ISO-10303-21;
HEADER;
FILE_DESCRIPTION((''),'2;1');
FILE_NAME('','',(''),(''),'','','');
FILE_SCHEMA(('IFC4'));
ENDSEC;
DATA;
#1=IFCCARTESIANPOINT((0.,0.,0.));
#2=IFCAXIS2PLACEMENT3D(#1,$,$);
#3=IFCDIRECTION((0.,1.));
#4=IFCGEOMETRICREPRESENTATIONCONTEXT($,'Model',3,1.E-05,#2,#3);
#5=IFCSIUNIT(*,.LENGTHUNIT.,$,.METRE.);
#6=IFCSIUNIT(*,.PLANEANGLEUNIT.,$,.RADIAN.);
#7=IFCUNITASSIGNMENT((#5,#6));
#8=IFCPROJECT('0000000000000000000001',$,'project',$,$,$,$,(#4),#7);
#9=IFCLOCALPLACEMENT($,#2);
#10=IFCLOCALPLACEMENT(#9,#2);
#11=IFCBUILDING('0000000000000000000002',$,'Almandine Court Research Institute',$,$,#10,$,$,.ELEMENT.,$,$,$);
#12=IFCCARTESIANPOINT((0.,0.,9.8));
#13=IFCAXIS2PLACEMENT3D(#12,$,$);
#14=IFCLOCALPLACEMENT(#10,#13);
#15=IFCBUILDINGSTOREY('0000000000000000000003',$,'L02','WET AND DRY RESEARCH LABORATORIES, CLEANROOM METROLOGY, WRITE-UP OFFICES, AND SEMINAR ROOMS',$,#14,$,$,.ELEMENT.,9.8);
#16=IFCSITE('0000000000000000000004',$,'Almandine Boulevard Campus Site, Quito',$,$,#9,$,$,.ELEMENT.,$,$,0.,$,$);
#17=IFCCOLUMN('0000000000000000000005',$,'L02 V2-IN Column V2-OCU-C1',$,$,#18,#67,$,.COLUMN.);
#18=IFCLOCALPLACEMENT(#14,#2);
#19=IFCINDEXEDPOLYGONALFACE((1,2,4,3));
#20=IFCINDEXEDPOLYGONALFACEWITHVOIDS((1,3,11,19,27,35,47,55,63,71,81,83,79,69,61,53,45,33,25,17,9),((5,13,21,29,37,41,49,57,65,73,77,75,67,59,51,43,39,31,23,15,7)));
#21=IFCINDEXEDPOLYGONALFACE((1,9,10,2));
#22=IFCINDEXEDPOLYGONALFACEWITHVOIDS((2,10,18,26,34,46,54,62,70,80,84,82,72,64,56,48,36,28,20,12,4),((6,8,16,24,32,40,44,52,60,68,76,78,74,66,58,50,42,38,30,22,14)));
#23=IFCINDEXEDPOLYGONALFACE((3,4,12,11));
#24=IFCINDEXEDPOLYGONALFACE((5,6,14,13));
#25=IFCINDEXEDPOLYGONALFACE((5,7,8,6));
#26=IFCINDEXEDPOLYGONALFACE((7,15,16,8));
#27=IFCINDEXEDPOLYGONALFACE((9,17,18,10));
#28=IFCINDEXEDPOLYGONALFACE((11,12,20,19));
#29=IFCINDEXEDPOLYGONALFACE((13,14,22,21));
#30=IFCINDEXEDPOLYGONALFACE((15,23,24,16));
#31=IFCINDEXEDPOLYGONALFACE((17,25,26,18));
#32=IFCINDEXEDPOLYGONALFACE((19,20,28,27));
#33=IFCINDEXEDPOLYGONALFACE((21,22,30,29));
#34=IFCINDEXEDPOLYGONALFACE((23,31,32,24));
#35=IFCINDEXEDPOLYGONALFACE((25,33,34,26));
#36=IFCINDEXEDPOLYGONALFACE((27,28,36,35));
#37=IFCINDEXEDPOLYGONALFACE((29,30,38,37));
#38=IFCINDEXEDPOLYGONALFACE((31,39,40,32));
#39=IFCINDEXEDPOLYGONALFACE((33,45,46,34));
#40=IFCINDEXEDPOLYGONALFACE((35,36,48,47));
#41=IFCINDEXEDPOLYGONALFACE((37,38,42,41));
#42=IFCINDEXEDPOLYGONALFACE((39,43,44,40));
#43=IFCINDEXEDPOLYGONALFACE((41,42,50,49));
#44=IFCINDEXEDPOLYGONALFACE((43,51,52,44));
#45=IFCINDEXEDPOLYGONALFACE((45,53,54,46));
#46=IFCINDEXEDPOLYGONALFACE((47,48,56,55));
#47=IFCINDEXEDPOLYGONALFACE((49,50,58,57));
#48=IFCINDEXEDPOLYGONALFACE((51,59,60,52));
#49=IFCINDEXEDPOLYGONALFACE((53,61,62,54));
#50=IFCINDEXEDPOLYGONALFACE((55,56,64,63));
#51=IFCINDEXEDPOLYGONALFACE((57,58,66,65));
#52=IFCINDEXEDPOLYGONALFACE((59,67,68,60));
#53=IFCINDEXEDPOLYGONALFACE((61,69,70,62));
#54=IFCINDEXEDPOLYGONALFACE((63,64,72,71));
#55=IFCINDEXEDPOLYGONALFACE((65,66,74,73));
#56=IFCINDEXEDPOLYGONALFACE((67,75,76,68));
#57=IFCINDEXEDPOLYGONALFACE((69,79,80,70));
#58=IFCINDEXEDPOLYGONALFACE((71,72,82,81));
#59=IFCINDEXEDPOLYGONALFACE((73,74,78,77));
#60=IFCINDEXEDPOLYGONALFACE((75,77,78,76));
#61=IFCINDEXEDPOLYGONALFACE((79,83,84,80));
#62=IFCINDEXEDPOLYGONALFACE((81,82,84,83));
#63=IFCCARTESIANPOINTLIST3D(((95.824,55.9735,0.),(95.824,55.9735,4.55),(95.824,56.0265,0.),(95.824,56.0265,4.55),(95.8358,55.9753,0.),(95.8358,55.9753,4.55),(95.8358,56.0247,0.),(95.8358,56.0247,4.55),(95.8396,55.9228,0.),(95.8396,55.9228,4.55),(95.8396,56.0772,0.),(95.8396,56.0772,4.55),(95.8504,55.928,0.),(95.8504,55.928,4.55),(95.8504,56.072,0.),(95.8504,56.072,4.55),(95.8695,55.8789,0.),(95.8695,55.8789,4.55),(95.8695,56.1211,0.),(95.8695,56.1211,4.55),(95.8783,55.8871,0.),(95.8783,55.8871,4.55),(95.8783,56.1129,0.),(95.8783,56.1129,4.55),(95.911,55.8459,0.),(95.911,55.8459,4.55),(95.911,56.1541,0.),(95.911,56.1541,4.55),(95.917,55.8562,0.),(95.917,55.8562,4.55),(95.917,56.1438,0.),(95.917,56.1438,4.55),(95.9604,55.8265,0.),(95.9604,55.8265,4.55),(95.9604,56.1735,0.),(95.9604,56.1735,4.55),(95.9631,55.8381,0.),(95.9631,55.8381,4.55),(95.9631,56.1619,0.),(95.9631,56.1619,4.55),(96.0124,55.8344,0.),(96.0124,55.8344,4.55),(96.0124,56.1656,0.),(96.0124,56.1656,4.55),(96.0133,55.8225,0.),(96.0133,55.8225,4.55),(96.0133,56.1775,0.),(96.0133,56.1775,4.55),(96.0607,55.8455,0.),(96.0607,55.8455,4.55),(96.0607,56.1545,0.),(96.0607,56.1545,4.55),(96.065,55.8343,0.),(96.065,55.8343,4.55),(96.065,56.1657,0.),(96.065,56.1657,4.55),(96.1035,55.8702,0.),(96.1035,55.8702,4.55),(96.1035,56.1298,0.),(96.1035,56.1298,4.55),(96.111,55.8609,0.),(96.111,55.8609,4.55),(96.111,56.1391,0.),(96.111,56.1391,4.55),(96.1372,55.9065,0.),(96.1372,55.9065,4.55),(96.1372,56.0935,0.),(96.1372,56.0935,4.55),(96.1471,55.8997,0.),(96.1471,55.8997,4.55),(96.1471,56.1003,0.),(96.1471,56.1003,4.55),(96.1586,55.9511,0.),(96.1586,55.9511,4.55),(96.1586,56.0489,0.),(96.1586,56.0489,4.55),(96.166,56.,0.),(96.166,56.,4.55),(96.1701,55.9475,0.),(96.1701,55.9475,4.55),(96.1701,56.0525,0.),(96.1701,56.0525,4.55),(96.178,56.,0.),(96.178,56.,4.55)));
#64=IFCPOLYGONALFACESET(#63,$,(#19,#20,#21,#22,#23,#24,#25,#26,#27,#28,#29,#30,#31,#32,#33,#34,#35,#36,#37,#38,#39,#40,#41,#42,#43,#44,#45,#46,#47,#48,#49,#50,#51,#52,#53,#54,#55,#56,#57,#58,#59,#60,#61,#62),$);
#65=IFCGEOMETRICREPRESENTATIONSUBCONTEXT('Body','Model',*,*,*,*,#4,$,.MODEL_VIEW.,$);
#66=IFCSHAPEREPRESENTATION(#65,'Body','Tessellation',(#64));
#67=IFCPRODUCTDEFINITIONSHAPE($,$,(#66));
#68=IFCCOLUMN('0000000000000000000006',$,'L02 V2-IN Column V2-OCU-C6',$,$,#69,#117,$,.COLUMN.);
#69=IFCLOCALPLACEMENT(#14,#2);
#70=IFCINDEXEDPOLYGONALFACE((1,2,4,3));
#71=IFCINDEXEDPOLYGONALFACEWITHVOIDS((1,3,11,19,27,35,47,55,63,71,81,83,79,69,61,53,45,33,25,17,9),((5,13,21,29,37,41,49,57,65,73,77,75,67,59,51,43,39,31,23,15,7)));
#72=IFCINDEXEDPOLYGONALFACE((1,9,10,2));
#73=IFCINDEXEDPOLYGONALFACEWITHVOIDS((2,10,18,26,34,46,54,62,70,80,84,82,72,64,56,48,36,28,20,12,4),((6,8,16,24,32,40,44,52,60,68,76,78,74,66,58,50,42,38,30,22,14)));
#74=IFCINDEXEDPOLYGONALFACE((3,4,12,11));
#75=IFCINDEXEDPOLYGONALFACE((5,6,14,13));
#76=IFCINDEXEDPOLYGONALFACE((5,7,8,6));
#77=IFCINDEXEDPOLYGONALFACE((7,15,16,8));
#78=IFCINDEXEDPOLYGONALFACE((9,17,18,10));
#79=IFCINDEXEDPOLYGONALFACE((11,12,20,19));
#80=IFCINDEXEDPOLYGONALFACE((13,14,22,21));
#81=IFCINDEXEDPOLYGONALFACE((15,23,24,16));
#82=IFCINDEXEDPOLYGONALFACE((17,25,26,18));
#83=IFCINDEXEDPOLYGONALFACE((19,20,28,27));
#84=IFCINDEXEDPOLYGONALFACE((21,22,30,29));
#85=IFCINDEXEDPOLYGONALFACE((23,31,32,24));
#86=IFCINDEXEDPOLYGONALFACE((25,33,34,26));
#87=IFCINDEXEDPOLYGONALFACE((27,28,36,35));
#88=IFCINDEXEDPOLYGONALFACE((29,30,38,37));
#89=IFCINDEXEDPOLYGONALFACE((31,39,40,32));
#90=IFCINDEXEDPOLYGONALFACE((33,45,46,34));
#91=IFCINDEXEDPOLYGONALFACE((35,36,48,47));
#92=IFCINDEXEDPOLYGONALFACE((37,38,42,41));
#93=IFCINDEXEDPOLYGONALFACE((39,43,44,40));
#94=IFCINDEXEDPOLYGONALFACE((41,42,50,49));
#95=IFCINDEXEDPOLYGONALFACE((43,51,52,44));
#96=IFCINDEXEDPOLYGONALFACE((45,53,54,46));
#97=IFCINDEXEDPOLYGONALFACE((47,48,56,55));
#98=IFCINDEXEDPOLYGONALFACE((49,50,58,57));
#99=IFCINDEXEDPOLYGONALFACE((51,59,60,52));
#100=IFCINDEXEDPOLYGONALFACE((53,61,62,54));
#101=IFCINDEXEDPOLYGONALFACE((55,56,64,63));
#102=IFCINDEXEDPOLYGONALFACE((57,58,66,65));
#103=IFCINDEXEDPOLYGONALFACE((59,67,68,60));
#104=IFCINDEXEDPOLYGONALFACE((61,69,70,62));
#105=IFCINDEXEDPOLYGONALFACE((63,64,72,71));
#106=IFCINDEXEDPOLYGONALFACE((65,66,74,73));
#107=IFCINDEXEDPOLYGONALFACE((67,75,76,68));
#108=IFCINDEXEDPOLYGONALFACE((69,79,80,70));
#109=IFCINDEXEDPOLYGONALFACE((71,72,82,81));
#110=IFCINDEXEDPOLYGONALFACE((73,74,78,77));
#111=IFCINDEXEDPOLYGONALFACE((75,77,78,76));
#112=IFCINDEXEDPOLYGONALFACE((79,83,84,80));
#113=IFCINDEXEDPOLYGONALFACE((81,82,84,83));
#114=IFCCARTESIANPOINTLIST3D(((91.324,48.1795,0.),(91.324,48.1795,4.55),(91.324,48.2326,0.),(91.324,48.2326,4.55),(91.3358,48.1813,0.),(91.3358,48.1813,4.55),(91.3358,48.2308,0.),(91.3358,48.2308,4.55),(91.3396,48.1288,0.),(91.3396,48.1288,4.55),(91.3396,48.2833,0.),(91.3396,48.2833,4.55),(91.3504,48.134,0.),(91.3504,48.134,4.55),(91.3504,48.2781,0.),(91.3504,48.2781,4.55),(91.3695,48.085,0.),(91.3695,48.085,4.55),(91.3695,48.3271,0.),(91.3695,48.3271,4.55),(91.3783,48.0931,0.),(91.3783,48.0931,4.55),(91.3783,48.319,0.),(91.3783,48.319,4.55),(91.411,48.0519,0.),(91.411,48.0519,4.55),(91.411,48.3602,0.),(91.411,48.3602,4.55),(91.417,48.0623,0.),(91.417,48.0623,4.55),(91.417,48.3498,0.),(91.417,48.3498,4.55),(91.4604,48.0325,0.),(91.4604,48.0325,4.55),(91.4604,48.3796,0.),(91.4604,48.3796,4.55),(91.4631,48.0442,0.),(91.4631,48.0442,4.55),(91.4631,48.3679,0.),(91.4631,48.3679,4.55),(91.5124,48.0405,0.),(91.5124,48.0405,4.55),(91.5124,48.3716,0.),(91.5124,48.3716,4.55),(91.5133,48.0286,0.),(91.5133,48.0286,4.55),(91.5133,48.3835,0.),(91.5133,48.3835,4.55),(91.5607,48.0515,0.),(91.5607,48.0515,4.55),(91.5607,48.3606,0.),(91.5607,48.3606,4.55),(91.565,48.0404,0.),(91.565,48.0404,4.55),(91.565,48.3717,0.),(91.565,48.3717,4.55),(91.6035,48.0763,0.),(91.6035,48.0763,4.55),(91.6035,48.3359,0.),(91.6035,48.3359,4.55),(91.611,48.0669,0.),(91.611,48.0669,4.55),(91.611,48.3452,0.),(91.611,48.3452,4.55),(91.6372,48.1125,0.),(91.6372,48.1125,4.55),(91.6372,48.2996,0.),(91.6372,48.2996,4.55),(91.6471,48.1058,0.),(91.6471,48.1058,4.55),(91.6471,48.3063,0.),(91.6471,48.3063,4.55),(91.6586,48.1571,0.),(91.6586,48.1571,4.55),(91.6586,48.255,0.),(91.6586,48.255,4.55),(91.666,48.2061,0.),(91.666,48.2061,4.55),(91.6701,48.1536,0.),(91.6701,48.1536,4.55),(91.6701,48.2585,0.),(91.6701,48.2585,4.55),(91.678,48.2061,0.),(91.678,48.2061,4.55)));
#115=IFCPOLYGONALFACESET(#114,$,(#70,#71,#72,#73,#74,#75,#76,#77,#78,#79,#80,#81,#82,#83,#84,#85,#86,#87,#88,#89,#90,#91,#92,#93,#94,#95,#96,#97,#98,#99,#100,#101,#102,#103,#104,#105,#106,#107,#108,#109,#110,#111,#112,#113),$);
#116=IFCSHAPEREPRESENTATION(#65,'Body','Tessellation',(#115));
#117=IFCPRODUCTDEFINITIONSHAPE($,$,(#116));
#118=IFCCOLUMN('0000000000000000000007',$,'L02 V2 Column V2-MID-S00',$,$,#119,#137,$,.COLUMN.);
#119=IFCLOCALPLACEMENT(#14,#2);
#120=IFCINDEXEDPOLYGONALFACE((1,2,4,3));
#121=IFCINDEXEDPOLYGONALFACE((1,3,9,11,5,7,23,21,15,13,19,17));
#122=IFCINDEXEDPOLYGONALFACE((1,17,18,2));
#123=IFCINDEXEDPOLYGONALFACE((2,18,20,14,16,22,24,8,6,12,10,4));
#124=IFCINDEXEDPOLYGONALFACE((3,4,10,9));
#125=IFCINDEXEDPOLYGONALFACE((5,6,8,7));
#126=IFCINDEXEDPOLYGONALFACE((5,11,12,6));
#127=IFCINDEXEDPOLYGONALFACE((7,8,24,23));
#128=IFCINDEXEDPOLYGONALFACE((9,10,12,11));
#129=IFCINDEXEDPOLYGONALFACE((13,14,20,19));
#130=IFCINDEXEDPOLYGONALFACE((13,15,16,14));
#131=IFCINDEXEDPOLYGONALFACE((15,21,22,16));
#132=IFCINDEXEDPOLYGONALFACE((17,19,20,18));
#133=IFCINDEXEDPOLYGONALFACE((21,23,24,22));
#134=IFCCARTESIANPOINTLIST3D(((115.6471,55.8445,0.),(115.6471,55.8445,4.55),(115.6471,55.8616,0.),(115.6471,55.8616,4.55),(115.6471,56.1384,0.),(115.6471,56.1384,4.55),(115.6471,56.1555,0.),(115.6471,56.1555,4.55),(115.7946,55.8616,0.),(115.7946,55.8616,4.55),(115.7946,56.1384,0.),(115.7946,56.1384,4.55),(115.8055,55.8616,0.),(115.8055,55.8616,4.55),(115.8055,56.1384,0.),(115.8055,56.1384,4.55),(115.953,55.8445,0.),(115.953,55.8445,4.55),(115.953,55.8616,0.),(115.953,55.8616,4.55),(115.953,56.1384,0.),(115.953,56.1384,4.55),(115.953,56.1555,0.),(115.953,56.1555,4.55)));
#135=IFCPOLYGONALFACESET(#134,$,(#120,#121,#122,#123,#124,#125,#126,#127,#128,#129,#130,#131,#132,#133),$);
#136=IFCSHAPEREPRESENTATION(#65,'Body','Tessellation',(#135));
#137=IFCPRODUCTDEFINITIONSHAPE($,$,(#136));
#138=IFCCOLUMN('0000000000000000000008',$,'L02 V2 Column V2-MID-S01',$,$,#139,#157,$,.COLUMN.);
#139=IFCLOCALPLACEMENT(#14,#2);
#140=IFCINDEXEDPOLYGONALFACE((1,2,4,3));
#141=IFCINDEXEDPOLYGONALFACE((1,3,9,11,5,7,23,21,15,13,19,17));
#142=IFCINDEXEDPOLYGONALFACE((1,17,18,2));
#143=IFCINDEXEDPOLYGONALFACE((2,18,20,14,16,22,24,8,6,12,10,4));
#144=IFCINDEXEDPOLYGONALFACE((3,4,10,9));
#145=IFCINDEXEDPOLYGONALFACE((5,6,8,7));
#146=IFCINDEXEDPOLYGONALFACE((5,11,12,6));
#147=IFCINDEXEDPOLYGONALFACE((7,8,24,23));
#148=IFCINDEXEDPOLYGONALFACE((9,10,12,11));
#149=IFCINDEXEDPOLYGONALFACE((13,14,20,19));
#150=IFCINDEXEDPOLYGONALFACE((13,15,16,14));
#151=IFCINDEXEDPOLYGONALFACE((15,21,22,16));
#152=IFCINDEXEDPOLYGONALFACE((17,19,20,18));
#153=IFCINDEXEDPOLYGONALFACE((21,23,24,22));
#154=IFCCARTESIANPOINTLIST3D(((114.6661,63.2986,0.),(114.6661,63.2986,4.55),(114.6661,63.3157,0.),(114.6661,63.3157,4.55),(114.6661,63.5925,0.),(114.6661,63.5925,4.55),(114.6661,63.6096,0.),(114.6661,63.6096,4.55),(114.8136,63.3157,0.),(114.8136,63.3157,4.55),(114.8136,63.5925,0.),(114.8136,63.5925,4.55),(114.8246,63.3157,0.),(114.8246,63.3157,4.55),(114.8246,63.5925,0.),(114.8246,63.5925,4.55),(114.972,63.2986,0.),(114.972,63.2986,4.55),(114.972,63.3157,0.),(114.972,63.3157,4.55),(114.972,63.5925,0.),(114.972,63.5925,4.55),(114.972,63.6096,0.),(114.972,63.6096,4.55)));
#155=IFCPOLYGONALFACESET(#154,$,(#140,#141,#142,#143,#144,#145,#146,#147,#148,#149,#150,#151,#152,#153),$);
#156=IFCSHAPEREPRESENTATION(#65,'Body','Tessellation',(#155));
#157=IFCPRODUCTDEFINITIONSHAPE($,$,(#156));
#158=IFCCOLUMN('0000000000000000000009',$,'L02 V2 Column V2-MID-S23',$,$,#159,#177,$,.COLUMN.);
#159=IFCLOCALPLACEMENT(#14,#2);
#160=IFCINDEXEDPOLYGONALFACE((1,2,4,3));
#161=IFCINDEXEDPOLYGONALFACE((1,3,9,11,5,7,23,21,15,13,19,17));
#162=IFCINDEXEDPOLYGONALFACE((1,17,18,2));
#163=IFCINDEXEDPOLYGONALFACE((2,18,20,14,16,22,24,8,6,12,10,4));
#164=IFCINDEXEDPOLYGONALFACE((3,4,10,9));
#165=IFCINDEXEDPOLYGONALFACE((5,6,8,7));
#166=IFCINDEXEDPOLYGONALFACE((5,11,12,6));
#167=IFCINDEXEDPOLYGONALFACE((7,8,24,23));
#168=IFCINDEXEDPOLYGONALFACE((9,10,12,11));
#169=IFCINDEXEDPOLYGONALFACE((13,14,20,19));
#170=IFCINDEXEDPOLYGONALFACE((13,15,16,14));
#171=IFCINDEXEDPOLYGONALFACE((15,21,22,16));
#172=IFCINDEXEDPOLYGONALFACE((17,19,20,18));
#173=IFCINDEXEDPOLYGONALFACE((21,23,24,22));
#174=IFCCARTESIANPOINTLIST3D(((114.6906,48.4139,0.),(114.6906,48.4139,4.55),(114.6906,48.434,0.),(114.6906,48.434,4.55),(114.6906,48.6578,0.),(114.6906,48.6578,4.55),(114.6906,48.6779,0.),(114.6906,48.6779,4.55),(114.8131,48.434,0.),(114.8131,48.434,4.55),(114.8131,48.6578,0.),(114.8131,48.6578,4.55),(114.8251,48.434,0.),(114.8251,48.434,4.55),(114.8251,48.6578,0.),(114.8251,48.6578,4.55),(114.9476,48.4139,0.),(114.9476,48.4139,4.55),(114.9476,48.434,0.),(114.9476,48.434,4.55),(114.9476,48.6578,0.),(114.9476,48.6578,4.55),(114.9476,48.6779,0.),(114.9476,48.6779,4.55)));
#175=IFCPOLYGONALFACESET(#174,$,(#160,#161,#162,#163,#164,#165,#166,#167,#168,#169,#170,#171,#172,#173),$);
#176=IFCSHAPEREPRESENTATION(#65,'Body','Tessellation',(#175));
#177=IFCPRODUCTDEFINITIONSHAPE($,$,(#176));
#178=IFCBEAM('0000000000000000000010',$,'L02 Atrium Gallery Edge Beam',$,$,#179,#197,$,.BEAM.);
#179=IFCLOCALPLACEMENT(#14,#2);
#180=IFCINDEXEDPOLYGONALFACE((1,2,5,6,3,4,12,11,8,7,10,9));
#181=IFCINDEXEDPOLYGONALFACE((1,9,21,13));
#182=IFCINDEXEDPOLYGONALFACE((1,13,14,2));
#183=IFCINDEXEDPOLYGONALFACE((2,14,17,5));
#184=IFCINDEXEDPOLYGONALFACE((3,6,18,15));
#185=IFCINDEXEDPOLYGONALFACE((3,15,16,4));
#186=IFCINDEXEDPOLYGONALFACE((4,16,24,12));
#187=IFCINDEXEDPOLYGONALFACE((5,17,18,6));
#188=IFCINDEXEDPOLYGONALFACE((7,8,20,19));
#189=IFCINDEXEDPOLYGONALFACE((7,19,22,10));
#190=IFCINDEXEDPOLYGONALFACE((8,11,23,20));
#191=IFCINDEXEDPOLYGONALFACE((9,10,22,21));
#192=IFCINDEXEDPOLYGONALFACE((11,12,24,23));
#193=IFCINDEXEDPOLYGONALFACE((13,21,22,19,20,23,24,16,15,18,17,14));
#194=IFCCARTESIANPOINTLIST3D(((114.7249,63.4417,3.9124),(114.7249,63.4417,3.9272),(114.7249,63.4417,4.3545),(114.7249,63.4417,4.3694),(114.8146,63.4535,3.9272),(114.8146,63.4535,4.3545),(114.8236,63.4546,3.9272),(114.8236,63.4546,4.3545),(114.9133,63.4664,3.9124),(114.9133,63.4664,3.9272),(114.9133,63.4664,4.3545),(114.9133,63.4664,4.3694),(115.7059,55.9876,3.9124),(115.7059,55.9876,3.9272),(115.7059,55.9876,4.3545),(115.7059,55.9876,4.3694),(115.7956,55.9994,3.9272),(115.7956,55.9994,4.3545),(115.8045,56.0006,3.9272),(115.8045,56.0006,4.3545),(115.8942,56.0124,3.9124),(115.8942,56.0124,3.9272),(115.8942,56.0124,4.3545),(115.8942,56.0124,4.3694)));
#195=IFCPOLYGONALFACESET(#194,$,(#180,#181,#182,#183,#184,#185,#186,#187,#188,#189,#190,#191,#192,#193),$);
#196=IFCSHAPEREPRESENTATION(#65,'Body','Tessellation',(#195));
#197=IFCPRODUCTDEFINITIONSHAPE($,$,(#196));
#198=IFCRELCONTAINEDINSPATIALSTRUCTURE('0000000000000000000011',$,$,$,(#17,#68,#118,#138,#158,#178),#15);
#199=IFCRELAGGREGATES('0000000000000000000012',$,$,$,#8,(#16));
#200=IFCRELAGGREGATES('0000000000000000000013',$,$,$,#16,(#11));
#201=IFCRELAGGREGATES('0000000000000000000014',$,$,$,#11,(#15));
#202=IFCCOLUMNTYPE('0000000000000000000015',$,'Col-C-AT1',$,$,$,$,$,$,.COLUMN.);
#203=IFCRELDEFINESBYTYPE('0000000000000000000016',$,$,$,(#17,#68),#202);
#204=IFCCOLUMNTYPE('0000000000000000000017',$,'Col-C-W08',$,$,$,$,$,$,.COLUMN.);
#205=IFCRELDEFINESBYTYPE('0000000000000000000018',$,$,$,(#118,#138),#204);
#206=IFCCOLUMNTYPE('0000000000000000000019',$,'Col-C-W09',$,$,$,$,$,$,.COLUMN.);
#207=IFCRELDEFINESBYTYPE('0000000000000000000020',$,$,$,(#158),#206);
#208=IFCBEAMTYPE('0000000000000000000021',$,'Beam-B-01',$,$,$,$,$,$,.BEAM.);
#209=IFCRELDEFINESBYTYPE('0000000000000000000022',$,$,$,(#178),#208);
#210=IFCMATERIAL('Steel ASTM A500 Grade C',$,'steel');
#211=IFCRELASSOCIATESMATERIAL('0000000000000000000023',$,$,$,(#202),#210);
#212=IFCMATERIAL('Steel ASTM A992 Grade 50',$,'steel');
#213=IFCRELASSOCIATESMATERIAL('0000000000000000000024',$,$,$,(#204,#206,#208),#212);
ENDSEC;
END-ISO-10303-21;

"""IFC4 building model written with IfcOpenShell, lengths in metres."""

from ifc_helpers import new_model, si_unit, direction, frame, origin, origin_2d, place, context, subcontext, project, spatial, hollow_circle, i_section, extrude, material, material_profile, profile_set, type_object, element, save


model = new_model("IFC4")

# Units and contexts
model_context = context("Model", 3, precision=1e-05, world=origin(), true_north=direction((0.0, 1.0)))
body_context = subcontext(model_context, "Body", "Model", "MODEL_VIEW")
ifc_project = project(units=[si_unit("LENGTHUNIT", "METRE"), si_unit("PLANEANGLEUNIT", "RADIAN")], contexts=[model_context])

# Site, building, storey
site_placement = place(None, origin())
site = spatial("IfcSite", under=ifc_project, at=site_placement, Name="Almandine Boulevard Campus Site, Quito", CompositionType="ELEMENT", RefElevation=0.0)
building_placement = place(site_placement, origin())
building = spatial("IfcBuilding", under=site, at=building_placement, Name="Almandine Court Research Institute", CompositionType="ELEMENT")
storey_placement = place(building_placement, frame((0.0, 0.0, 9.8)))
storey = spatial("IfcBuildingStorey", under=building, at=storey_placement, Name="L02", Description="WET AND DRY RESEARCH LABORATORIES, CLEANROOM METROLOGY, WRITE-UP OFFICES, AND SEMINAR ROOMS", CompositionType="ELEMENT", Elevation=9.8)

# Columns
ifc_material_1 = material(Name="Steel ASTM A500 Grade C", Category="steel")
ifc_material_profile_1 = material_profile(ifc_material_1, hollow_circle(Radius=0.178, WallThickness=0.012, at=origin_2d()), Name="CHS 356x12")
ifc_profile_set_1 = profile_set([ifc_material_profile_1], Name="Steel ASTM A500 Grade C")
column_type_1 = type_object("IfcColumnType", Name="Col-C-AT1", PredefinedType="COLUMN", material=ifc_profile_set_1)
for number, where, z_axis, x_axis, name in (
    (1, (96.0, 56.0, 0.0), (0.0, 0.0, 1.0), (1.0, 0.0, 0.0), "L02 V2-IN Column V2-OCU-C1"),
    (2, (91.5, 48.2061, 0.0), (0.0, 0.0, 1.0), (1.0, 0.0, 0.0), "L02 V2-IN Column V2-OCU-C6"),
):
    element("IfcColumn", number, at=place(storey_placement, frame(where, z_axis=z_axis, x_axis=x_axis)), inside=storey, type_object=column_type_1, Name=name, PredefinedType="COLUMN", context=body_context, shape_type="SweptSolid", body=[
        extrude(hollow_circle(Radius=0.178, WallThickness=0.012, at=origin_2d()), origin(), (0.0, 0.0, 1.0), 4.55),
    ])
ifc_material_2 = material(Name="Steel ASTM A992 Grade 50", Category="steel")
ifc_material_profile_2 = material_profile(ifc_material_2, i_section(OverallWidth=0.3059, OverallDepth=0.311, WebThickness=0.011, FlangeThickness=0.0171, at=origin_2d()), Name="W310x107")
ifc_profile_set_2 = profile_set([ifc_material_profile_2], Name="Steel ASTM A992 Grade 50")
column_type_2 = type_object("IfcColumnType", Name="Col-C-W08", PredefinedType="COLUMN", material=ifc_profile_set_2)
for number, where, z_axis, x_axis, name in (
    (3, (115.8, 56.0, 0.0), (0.0, 0.0, 1.0), (1.0, 0.0, 0.0), "L02 V2 Column V2-MID-S00"),
    (4, (114.8191, 63.4541, 0.0), (0.0, 0.0, 1.0), (1.0, 0.0, 0.0), "L02 V2 Column V2-MID-S01"),
):
    element("IfcColumn", number, at=place(storey_placement, frame(where, z_axis=z_axis, x_axis=x_axis)), inside=storey, type_object=column_type_2, Name=name, PredefinedType="COLUMN", context=body_context, shape_type="SweptSolid", body=[
        extrude(i_section(OverallWidth=0.3059, OverallDepth=0.311, WebThickness=0.011, FlangeThickness=0.0171, at=origin_2d()), origin(), (0.0, 0.0, 1.0), 4.55),
    ])
ifc_material_profile_3 = material_profile(ifc_material_2, i_section(OverallWidth=0.2571, OverallDepth=0.2639, WebThickness=0.012, FlangeThickness=0.02, at=origin_2d()), Name="W250x101")
ifc_profile_set_3 = profile_set([ifc_material_profile_3], Name="Steel ASTM A992 Grade 50")
column_type_3 = type_object("IfcColumnType", Name="Col-C-W09", PredefinedType="COLUMN", material=ifc_profile_set_3)
column_placement = place(storey_placement, frame((114.8191, 48.5459, 0.0), z_axis=(0.0, 0.0, 1.0), x_axis=(1.0, 0.0, 0.0)))
element("IfcColumn", 5, at=column_placement, inside=storey, type_object=column_type_3, Name="L02 V2 Column V2-MID-S23", PredefinedType="COLUMN", context=body_context, shape_type="SweptSolid", body=[
    extrude(i_section(OverallWidth=0.2571, OverallDepth=0.2639, WebThickness=0.012, FlangeThickness=0.02, at=origin_2d()), origin(), (0.0, 0.0, 1.0), 4.55),
])

# Beam
ifc_material_profile_4 = material_profile(ifc_material_2, i_section(OverallWidth=0.1899, OverallDepth=0.457, WebThickness=0.009, FlangeThickness=0.0149, at=origin_2d()), Name="W460x74")
ifc_profile_set_4 = profile_set([ifc_material_profile_4], Name="Steel ASTM A992 Grade 50")
beam_type_1 = type_object("IfcBeamType", Name="Beam-B-01", PredefinedType="BEAM", material=ifc_profile_set_4)
beam_1_placement = place(storey_placement, frame((115.8, 56.0, 4.1409), z_axis=(-0.130475, 0.991452, 0.0), x_axis=(-0.991452, -0.130475, 0.0)))
element("IfcBeam", 6, at=beam_1_placement, inside=storey, type_object=beam_type_1, Name="L02 Atrium Gallery Edge Beam", PredefinedType="BEAM", context=body_context, shape_type="SweptSolid", body=[
    extrude(i_section(OverallWidth=0.1899, OverallDepth=0.457, WebThickness=0.009, FlangeThickness=0.0149, at=origin_2d()), origin(), (0.0, 0.0, 1.0), 7.5183),
])

save(model, "model.ifc")
